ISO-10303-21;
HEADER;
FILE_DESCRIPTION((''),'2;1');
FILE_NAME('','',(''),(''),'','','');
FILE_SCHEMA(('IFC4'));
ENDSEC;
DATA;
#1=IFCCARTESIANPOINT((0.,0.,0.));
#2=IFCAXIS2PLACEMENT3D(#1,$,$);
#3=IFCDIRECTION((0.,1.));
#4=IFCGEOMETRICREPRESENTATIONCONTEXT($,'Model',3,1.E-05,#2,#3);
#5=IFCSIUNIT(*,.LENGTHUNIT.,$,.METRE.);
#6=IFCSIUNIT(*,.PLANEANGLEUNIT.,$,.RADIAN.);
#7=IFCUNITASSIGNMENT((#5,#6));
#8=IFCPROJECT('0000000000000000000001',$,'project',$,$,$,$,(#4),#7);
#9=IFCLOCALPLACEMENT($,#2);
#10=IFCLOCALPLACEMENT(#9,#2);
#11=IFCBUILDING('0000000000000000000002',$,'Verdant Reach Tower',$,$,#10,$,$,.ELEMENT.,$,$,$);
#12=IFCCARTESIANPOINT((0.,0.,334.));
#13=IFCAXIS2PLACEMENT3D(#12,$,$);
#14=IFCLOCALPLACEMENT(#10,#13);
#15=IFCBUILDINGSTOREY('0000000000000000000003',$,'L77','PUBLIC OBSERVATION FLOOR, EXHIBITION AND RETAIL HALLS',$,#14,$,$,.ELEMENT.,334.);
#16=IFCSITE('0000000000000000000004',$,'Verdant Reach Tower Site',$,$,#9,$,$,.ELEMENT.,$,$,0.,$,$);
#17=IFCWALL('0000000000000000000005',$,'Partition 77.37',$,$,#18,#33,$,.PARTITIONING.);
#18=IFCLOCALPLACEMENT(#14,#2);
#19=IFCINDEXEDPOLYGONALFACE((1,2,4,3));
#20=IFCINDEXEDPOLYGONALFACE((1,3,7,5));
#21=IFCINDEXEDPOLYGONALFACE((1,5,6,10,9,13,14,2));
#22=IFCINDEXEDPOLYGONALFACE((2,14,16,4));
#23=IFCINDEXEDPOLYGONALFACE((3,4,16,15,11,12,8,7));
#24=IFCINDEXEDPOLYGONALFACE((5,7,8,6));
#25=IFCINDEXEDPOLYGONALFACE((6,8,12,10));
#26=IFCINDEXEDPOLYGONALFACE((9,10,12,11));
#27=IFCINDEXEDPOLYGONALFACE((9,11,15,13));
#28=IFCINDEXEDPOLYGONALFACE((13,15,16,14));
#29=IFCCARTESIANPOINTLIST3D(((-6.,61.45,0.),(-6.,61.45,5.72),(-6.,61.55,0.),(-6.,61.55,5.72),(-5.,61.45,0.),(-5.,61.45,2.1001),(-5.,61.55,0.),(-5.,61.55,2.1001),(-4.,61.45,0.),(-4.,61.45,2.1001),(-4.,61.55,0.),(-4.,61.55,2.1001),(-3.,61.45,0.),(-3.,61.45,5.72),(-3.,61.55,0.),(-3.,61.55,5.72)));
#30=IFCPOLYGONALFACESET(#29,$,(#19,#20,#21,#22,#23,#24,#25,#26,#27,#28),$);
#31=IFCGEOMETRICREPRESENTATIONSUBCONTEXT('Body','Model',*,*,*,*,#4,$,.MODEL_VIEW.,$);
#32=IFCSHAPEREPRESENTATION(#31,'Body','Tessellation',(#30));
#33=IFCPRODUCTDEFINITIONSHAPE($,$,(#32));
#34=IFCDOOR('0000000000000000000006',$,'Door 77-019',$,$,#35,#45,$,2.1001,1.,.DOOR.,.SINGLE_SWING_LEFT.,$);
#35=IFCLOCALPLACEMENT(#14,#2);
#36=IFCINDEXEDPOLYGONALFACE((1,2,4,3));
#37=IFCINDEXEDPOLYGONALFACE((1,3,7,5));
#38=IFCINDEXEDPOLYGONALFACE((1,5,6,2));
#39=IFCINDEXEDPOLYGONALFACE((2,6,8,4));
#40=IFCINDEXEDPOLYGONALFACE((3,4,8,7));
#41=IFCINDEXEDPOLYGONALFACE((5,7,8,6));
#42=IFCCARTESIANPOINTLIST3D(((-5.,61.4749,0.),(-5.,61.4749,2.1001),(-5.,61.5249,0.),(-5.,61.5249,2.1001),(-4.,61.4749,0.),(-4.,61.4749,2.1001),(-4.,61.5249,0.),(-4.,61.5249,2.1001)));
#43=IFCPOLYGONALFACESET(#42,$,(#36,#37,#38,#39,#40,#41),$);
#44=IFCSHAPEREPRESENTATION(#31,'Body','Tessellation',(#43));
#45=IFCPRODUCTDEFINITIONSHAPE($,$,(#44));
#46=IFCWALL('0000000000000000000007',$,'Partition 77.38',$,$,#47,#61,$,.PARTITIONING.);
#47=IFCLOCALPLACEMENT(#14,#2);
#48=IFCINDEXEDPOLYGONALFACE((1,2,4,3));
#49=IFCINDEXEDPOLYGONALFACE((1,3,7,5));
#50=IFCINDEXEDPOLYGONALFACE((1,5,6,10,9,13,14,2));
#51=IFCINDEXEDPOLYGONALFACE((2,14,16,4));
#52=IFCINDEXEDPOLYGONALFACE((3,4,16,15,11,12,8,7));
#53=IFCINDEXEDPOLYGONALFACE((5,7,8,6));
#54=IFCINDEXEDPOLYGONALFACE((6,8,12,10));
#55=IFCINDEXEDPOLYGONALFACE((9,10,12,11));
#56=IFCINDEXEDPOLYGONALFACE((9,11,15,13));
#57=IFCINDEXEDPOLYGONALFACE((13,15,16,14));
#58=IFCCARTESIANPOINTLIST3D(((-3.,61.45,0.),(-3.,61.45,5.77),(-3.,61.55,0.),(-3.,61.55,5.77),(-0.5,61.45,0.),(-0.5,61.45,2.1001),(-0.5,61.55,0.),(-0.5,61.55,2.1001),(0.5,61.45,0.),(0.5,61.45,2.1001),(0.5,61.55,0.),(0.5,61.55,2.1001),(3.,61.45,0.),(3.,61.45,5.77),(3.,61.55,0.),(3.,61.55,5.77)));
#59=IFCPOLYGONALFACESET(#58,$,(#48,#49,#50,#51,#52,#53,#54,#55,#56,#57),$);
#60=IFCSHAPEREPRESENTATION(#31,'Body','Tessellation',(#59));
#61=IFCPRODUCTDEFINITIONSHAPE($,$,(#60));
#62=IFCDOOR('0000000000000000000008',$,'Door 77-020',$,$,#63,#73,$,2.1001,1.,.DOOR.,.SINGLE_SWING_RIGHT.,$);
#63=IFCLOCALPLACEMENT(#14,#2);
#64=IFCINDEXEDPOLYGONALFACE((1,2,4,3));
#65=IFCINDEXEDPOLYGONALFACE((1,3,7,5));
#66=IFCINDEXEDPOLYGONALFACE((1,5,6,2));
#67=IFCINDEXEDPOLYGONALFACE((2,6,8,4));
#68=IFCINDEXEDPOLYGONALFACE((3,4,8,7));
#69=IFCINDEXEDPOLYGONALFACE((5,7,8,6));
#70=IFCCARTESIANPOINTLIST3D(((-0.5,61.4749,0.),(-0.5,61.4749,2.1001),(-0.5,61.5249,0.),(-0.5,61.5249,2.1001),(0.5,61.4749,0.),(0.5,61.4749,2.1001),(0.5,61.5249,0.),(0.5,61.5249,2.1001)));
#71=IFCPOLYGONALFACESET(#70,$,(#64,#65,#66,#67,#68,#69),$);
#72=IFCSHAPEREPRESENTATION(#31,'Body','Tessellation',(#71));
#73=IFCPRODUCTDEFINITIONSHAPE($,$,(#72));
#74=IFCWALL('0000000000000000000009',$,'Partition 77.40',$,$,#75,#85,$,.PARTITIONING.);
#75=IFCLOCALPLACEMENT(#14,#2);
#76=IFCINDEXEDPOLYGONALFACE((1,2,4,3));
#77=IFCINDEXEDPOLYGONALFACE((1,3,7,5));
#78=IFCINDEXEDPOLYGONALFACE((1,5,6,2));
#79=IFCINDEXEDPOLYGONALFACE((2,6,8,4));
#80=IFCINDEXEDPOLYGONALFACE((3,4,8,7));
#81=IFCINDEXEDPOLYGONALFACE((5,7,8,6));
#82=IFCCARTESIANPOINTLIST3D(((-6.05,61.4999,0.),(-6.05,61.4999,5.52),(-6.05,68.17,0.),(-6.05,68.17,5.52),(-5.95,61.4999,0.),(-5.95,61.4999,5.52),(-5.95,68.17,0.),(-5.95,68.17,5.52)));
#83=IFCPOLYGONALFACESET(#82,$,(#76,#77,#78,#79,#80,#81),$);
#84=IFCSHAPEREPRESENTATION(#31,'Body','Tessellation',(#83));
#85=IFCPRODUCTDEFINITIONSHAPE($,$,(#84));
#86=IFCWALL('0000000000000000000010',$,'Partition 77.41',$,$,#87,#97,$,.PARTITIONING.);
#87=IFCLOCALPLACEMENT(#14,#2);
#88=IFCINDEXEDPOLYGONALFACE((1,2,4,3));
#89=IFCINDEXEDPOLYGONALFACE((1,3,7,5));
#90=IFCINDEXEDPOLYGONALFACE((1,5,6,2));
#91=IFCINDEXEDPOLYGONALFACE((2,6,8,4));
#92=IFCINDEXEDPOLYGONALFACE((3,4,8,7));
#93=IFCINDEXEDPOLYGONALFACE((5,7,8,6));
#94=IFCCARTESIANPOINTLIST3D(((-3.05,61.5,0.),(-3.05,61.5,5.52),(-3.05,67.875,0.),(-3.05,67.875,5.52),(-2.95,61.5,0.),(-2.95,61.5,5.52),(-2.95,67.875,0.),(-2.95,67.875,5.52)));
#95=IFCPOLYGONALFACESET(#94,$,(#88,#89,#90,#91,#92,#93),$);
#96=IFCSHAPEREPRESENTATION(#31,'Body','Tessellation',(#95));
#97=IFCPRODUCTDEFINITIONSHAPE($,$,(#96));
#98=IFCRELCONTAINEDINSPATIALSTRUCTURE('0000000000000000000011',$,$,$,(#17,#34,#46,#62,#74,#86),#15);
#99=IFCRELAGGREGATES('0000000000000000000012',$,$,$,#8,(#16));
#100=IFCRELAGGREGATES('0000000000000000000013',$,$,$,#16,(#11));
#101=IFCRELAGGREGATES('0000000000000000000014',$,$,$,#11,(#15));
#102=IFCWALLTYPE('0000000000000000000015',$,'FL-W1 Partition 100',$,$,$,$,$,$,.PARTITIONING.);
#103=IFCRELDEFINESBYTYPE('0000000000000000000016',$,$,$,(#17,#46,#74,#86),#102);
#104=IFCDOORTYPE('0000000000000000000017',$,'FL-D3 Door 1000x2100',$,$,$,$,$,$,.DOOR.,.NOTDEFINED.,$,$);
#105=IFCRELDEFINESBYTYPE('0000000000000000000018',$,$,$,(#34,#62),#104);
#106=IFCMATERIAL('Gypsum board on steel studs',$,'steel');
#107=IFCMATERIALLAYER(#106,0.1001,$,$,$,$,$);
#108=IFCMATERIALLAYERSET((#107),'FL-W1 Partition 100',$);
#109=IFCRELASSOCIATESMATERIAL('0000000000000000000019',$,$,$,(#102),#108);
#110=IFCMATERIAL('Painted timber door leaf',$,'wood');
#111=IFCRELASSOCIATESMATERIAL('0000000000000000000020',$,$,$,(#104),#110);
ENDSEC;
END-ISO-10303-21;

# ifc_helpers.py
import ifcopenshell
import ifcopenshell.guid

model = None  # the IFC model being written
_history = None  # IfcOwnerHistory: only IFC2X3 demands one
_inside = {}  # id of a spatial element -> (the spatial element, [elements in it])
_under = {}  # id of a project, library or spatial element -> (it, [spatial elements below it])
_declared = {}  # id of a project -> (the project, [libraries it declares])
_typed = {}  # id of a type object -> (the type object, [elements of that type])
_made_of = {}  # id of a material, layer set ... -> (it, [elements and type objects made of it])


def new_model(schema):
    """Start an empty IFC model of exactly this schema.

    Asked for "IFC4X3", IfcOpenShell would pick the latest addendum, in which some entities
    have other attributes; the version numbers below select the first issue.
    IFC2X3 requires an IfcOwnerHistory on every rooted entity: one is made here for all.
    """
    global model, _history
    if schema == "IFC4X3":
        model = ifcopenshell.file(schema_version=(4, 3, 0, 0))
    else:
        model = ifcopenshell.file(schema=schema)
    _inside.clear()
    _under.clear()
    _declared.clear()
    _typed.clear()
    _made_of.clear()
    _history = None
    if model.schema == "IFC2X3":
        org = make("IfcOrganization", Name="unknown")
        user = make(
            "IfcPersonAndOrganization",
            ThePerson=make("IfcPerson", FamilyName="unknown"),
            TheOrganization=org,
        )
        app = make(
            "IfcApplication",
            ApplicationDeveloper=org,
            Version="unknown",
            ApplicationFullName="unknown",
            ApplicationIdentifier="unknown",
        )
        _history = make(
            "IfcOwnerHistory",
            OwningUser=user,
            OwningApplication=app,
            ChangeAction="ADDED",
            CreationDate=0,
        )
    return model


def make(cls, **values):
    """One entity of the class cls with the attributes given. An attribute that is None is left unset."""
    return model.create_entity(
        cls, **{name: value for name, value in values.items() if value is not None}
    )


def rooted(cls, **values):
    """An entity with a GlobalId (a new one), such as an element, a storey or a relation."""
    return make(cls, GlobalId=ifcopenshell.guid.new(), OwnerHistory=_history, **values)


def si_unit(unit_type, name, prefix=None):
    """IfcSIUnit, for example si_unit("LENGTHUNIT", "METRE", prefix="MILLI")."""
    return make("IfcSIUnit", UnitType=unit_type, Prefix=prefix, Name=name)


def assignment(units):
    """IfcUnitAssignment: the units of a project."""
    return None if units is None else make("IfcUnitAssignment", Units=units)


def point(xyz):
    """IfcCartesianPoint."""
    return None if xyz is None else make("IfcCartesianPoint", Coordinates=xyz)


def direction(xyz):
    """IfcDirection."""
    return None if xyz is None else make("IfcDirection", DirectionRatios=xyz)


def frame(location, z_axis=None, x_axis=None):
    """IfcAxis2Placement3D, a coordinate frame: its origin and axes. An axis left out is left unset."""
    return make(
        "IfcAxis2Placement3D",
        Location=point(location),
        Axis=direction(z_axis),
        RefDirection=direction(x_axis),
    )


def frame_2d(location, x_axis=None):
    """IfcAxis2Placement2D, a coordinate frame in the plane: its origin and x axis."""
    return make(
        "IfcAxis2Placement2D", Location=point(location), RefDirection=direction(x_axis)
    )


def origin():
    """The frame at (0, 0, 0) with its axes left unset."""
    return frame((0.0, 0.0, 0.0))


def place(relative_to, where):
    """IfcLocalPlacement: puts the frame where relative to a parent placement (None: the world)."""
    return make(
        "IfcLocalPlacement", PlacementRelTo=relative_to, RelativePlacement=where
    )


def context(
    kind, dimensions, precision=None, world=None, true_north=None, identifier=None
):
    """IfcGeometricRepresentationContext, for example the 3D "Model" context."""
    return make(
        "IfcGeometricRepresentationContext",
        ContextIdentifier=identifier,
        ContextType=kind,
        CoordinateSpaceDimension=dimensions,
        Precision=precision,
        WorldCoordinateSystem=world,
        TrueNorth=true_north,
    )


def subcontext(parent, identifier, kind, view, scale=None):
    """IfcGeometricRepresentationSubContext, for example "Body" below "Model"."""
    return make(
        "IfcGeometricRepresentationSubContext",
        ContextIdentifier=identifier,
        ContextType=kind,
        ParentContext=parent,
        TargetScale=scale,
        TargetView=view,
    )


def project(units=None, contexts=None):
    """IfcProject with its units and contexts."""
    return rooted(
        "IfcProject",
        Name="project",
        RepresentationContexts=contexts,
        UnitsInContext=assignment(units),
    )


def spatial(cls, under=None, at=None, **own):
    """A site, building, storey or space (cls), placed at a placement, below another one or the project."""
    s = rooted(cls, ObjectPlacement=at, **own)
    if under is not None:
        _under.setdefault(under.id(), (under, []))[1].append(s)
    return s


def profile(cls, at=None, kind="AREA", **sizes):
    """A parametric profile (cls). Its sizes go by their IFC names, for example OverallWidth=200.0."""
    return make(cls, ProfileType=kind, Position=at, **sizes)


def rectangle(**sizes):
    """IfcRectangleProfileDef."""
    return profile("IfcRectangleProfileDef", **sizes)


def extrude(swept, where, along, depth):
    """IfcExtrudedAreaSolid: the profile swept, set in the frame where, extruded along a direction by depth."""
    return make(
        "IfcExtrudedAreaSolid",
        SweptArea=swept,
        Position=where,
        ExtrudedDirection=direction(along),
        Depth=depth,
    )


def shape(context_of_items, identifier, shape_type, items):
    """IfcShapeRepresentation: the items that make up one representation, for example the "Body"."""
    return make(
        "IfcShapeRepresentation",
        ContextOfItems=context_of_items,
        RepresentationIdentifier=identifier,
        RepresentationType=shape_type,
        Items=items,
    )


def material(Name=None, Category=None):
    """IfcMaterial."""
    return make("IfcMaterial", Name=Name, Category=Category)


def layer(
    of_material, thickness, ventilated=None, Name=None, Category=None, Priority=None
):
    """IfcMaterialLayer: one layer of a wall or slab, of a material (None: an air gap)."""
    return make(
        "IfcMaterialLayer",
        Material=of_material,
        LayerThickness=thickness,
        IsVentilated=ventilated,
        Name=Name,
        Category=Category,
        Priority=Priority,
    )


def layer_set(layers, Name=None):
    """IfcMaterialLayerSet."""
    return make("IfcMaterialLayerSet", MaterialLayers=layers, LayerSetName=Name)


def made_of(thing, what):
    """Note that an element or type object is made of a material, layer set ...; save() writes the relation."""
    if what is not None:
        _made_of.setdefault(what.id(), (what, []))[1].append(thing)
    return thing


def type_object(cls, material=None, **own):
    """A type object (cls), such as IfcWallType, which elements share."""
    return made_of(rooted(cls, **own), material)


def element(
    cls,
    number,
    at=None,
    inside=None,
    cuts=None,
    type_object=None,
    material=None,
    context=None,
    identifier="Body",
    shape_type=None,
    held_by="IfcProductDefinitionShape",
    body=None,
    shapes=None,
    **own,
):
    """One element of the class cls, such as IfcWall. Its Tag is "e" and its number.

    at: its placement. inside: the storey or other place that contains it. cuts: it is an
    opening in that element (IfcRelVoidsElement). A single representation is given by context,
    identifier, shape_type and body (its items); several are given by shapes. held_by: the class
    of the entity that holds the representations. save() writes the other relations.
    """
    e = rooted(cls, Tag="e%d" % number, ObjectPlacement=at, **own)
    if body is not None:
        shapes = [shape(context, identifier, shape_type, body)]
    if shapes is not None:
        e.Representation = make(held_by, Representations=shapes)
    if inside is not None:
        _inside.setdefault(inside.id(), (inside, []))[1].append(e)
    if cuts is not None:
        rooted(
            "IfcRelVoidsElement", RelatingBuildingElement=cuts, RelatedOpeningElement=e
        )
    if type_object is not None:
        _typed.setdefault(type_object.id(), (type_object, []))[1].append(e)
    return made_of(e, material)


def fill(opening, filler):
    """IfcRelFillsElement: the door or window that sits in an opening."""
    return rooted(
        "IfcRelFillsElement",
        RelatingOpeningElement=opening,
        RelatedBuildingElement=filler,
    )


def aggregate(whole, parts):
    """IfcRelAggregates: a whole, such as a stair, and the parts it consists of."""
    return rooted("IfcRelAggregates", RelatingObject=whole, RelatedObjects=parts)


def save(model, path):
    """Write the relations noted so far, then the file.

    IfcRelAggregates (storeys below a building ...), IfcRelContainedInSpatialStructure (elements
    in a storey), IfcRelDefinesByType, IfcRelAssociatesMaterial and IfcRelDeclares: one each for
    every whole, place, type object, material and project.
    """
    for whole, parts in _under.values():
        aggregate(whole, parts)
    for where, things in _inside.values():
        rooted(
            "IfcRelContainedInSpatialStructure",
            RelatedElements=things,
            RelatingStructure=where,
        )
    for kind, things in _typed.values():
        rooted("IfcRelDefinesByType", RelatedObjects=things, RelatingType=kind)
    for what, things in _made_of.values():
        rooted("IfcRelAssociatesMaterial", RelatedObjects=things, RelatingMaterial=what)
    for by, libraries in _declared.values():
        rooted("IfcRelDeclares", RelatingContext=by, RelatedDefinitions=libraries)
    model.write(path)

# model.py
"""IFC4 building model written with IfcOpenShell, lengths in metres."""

from ifc_helpers import new_model, si_unit, direction, frame, frame_2d, origin, place, context, subcontext, project, spatial, rectangle, extrude, material, layer, layer_set, type_object, element, fill, save


model = new_model("IFC4")

# Units and contexts
model_context = context("Model", 3, precision=1e-05, world=origin(), true_north=direction((0.0, 1.0)))
body_context = subcontext(model_context, "Body", "Model", "MODEL_VIEW")
ifc_project = project(units=[si_unit("LENGTHUNIT", "METRE"), si_unit("PLANEANGLEUNIT", "RADIAN")], contexts=[model_context])

# Site, building, storey
site_placement = place(None, origin())
site = spatial("IfcSite", under=ifc_project, at=site_placement, Name="Verdant Reach Tower Site", CompositionType="ELEMENT", RefElevation=0.0)
building_placement = place(site_placement, origin())
building = spatial("IfcBuilding", under=site, at=building_placement, Name="Verdant Reach Tower", CompositionType="ELEMENT")
storey_placement = place(building_placement, frame((0.0, 0.0, 334.0)))
storey = spatial("IfcBuildingStorey", under=building, at=storey_placement, Name="L77", Description="PUBLIC OBSERVATION FLOOR, EXHIBITION AND RETAIL HALLS", CompositionType="ELEMENT", Elevation=334.0)

# Walls, openings, doors
ifc_material_1 = material(Name="Gypsum board on steel studs", Category="steel")
ifc_layer_1 = layer(ifc_material_1, 0.1001)
ifc_layer_set_1 = layer_set([ifc_layer_1], Name="FL-W1 Partition 100")
wall_type = type_object("IfcWallType", Name="FL-W1 Partition 100", PredefinedType="PARTITIONING", material=ifc_layer_set_1)
ifc_material_2 = material(Name="Painted timber door leaf", Category="wood")
door_type = type_object("IfcDoorType", Name="FL-D3 Door 1000x2100", OperationType="NOTDEFINED", PredefinedType="DOOR", material=ifc_material_2)
wall_1_placement = place(storey_placement, frame((-6.0, 61.5, 0.0), z_axis=(0.0, 0.0, 1.0), x_axis=(1.0, 0.0, 0.0)))
wall_1 = element("IfcWall", 1, at=wall_1_placement, inside=storey, type_object=wall_type, Name="Partition 77.37", PredefinedType="PARTITIONING", context=body_context, shape_type="SweptSolid", body=[
    extrude(rectangle(XDim=3.0, YDim=0.1001, at=frame_2d((1.5, 0.0))), origin(), (0.0, 0.0, 1.0), 5.72),
])
opening_1_placement = place(wall_1_placement, frame((1.0, 0.0, 0.0)))
opening_1 = element("IfcOpeningElement", 2, at=opening_1_placement, cuts=wall_1, PredefinedType="OPENING", context=body_context, shape_type="SweptSolid", body=[
    extrude(rectangle(XDim=1.0, YDim=2.1001, at=frame_2d((0.5, 1.05))), frame((0.0, 0.0601, 0.0), z_axis=(0.0, -1.0, 0.0), x_axis=(1.0, 0.0, 0.0)), (0.0, 0.0, 1.0), 0.1201),
])
door_1_placement = place(opening_1_placement, origin())
door_1 = element("IfcDoor", 3, at=door_1_placement, inside=storey, type_object=door_type, Name="Door 77-019", OperationType="SINGLE_SWING_LEFT", OverallHeight=2.1001, OverallWidth=1.0, PredefinedType="DOOR", context=body_context, shape_type="SweptSolid", body=[
    extrude(rectangle(XDim=1.0, YDim=2.1001, at=frame_2d((0.5, 1.05))), frame((0.0, 0.0249, 0.0), z_axis=(0.0, -1.0, 0.0), x_axis=(1.0, 0.0, 0.0)), (0.0, 0.0, 1.0), 0.05),
])
fill(opening_1, door_1)
wall_2_placement = place(storey_placement, frame((-3.0, 61.5, 0.0), z_axis=(0.0, 0.0, 1.0), x_axis=(1.0, 0.0, 0.0)))
wall_2 = element("IfcWall", 4, at=wall_2_placement, inside=storey, type_object=wall_type, Name="Partition 77.38", PredefinedType="PARTITIONING", context=body_context, shape_type="SweptSolid", body=[
    extrude(rectangle(XDim=6.0, YDim=0.1001, at=frame_2d((3.0, 0.0))), origin(), (0.0, 0.0, 1.0), 5.77),
])
opening_2_placement = place(wall_2_placement, frame((2.5, 0.0, 0.0)))
opening_2 = element("IfcOpeningElement", 5, at=opening_2_placement, cuts=wall_2, PredefinedType="OPENING", context=body_context, shape_type="SweptSolid", body=[
    extrude(rectangle(XDim=1.0, YDim=2.1001, at=frame_2d((0.5, 1.05))), frame((0.0, 0.0601, 0.0), z_axis=(0.0, -1.0, 0.0), x_axis=(1.0, 0.0, 0.0)), (0.0, 0.0, 1.0), 0.1201),
])
door_2_placement = place(opening_2_placement, origin())
door_2 = element("IfcDoor", 6, at=door_2_placement, inside=storey, type_object=door_type, Name="Door 77-020", OperationType="SINGLE_SWING_RIGHT", OverallHeight=2.1001, OverallWidth=1.0, PredefinedType="DOOR", context=body_context, shape_type="SweptSolid", body=[
    extrude(rectangle(XDim=1.0, YDim=2.1001, at=frame_2d((0.5, 1.05))), frame((0.0, 0.0249, 0.0), z_axis=(0.0, -1.0, 0.0), x_axis=(1.0, 0.0, 0.0)), (0.0, 0.0, 1.0), 0.05),
])
fill(opening_2, door_2)

# Walls
wall_3_placement = place(storey_placement, frame((-6.0, 61.5, 0.0), z_axis=(0.0, 0.0, 1.0), x_axis=(0.0, 1.0, 0.0)))
element("IfcWall", 7, at=wall_3_placement, inside=storey, type_object=wall_type, Name="Partition 77.40", PredefinedType="PARTITIONING", context=body_context, shape_type="SweptSolid", body=[
    extrude(rectangle(XDim=6.6702, YDim=0.1001, at=frame_2d((3.335, 0.0))), origin(), (0.0, 0.0, 1.0), 5.52),
])
wall_4_placement = place(storey_placement, frame((-3.0, 61.5, 0.0), z_axis=(0.0, 0.0, 1.0), x_axis=(0.0, 1.0, 0.0)))
element("IfcWall", 8, at=wall_4_placement, inside=storey, type_object=wall_type, Name="Partition 77.41", PredefinedType="PARTITIONING", context=body_context, shape_type="SweptSolid", body=[
    extrude(rectangle(XDim=6.375, YDim=0.1001, at=frame_2d((3.1875, 0.0))), origin(), (0.0, 0.0, 1.0), 5.52),
])

save(model, "model.ifc")
